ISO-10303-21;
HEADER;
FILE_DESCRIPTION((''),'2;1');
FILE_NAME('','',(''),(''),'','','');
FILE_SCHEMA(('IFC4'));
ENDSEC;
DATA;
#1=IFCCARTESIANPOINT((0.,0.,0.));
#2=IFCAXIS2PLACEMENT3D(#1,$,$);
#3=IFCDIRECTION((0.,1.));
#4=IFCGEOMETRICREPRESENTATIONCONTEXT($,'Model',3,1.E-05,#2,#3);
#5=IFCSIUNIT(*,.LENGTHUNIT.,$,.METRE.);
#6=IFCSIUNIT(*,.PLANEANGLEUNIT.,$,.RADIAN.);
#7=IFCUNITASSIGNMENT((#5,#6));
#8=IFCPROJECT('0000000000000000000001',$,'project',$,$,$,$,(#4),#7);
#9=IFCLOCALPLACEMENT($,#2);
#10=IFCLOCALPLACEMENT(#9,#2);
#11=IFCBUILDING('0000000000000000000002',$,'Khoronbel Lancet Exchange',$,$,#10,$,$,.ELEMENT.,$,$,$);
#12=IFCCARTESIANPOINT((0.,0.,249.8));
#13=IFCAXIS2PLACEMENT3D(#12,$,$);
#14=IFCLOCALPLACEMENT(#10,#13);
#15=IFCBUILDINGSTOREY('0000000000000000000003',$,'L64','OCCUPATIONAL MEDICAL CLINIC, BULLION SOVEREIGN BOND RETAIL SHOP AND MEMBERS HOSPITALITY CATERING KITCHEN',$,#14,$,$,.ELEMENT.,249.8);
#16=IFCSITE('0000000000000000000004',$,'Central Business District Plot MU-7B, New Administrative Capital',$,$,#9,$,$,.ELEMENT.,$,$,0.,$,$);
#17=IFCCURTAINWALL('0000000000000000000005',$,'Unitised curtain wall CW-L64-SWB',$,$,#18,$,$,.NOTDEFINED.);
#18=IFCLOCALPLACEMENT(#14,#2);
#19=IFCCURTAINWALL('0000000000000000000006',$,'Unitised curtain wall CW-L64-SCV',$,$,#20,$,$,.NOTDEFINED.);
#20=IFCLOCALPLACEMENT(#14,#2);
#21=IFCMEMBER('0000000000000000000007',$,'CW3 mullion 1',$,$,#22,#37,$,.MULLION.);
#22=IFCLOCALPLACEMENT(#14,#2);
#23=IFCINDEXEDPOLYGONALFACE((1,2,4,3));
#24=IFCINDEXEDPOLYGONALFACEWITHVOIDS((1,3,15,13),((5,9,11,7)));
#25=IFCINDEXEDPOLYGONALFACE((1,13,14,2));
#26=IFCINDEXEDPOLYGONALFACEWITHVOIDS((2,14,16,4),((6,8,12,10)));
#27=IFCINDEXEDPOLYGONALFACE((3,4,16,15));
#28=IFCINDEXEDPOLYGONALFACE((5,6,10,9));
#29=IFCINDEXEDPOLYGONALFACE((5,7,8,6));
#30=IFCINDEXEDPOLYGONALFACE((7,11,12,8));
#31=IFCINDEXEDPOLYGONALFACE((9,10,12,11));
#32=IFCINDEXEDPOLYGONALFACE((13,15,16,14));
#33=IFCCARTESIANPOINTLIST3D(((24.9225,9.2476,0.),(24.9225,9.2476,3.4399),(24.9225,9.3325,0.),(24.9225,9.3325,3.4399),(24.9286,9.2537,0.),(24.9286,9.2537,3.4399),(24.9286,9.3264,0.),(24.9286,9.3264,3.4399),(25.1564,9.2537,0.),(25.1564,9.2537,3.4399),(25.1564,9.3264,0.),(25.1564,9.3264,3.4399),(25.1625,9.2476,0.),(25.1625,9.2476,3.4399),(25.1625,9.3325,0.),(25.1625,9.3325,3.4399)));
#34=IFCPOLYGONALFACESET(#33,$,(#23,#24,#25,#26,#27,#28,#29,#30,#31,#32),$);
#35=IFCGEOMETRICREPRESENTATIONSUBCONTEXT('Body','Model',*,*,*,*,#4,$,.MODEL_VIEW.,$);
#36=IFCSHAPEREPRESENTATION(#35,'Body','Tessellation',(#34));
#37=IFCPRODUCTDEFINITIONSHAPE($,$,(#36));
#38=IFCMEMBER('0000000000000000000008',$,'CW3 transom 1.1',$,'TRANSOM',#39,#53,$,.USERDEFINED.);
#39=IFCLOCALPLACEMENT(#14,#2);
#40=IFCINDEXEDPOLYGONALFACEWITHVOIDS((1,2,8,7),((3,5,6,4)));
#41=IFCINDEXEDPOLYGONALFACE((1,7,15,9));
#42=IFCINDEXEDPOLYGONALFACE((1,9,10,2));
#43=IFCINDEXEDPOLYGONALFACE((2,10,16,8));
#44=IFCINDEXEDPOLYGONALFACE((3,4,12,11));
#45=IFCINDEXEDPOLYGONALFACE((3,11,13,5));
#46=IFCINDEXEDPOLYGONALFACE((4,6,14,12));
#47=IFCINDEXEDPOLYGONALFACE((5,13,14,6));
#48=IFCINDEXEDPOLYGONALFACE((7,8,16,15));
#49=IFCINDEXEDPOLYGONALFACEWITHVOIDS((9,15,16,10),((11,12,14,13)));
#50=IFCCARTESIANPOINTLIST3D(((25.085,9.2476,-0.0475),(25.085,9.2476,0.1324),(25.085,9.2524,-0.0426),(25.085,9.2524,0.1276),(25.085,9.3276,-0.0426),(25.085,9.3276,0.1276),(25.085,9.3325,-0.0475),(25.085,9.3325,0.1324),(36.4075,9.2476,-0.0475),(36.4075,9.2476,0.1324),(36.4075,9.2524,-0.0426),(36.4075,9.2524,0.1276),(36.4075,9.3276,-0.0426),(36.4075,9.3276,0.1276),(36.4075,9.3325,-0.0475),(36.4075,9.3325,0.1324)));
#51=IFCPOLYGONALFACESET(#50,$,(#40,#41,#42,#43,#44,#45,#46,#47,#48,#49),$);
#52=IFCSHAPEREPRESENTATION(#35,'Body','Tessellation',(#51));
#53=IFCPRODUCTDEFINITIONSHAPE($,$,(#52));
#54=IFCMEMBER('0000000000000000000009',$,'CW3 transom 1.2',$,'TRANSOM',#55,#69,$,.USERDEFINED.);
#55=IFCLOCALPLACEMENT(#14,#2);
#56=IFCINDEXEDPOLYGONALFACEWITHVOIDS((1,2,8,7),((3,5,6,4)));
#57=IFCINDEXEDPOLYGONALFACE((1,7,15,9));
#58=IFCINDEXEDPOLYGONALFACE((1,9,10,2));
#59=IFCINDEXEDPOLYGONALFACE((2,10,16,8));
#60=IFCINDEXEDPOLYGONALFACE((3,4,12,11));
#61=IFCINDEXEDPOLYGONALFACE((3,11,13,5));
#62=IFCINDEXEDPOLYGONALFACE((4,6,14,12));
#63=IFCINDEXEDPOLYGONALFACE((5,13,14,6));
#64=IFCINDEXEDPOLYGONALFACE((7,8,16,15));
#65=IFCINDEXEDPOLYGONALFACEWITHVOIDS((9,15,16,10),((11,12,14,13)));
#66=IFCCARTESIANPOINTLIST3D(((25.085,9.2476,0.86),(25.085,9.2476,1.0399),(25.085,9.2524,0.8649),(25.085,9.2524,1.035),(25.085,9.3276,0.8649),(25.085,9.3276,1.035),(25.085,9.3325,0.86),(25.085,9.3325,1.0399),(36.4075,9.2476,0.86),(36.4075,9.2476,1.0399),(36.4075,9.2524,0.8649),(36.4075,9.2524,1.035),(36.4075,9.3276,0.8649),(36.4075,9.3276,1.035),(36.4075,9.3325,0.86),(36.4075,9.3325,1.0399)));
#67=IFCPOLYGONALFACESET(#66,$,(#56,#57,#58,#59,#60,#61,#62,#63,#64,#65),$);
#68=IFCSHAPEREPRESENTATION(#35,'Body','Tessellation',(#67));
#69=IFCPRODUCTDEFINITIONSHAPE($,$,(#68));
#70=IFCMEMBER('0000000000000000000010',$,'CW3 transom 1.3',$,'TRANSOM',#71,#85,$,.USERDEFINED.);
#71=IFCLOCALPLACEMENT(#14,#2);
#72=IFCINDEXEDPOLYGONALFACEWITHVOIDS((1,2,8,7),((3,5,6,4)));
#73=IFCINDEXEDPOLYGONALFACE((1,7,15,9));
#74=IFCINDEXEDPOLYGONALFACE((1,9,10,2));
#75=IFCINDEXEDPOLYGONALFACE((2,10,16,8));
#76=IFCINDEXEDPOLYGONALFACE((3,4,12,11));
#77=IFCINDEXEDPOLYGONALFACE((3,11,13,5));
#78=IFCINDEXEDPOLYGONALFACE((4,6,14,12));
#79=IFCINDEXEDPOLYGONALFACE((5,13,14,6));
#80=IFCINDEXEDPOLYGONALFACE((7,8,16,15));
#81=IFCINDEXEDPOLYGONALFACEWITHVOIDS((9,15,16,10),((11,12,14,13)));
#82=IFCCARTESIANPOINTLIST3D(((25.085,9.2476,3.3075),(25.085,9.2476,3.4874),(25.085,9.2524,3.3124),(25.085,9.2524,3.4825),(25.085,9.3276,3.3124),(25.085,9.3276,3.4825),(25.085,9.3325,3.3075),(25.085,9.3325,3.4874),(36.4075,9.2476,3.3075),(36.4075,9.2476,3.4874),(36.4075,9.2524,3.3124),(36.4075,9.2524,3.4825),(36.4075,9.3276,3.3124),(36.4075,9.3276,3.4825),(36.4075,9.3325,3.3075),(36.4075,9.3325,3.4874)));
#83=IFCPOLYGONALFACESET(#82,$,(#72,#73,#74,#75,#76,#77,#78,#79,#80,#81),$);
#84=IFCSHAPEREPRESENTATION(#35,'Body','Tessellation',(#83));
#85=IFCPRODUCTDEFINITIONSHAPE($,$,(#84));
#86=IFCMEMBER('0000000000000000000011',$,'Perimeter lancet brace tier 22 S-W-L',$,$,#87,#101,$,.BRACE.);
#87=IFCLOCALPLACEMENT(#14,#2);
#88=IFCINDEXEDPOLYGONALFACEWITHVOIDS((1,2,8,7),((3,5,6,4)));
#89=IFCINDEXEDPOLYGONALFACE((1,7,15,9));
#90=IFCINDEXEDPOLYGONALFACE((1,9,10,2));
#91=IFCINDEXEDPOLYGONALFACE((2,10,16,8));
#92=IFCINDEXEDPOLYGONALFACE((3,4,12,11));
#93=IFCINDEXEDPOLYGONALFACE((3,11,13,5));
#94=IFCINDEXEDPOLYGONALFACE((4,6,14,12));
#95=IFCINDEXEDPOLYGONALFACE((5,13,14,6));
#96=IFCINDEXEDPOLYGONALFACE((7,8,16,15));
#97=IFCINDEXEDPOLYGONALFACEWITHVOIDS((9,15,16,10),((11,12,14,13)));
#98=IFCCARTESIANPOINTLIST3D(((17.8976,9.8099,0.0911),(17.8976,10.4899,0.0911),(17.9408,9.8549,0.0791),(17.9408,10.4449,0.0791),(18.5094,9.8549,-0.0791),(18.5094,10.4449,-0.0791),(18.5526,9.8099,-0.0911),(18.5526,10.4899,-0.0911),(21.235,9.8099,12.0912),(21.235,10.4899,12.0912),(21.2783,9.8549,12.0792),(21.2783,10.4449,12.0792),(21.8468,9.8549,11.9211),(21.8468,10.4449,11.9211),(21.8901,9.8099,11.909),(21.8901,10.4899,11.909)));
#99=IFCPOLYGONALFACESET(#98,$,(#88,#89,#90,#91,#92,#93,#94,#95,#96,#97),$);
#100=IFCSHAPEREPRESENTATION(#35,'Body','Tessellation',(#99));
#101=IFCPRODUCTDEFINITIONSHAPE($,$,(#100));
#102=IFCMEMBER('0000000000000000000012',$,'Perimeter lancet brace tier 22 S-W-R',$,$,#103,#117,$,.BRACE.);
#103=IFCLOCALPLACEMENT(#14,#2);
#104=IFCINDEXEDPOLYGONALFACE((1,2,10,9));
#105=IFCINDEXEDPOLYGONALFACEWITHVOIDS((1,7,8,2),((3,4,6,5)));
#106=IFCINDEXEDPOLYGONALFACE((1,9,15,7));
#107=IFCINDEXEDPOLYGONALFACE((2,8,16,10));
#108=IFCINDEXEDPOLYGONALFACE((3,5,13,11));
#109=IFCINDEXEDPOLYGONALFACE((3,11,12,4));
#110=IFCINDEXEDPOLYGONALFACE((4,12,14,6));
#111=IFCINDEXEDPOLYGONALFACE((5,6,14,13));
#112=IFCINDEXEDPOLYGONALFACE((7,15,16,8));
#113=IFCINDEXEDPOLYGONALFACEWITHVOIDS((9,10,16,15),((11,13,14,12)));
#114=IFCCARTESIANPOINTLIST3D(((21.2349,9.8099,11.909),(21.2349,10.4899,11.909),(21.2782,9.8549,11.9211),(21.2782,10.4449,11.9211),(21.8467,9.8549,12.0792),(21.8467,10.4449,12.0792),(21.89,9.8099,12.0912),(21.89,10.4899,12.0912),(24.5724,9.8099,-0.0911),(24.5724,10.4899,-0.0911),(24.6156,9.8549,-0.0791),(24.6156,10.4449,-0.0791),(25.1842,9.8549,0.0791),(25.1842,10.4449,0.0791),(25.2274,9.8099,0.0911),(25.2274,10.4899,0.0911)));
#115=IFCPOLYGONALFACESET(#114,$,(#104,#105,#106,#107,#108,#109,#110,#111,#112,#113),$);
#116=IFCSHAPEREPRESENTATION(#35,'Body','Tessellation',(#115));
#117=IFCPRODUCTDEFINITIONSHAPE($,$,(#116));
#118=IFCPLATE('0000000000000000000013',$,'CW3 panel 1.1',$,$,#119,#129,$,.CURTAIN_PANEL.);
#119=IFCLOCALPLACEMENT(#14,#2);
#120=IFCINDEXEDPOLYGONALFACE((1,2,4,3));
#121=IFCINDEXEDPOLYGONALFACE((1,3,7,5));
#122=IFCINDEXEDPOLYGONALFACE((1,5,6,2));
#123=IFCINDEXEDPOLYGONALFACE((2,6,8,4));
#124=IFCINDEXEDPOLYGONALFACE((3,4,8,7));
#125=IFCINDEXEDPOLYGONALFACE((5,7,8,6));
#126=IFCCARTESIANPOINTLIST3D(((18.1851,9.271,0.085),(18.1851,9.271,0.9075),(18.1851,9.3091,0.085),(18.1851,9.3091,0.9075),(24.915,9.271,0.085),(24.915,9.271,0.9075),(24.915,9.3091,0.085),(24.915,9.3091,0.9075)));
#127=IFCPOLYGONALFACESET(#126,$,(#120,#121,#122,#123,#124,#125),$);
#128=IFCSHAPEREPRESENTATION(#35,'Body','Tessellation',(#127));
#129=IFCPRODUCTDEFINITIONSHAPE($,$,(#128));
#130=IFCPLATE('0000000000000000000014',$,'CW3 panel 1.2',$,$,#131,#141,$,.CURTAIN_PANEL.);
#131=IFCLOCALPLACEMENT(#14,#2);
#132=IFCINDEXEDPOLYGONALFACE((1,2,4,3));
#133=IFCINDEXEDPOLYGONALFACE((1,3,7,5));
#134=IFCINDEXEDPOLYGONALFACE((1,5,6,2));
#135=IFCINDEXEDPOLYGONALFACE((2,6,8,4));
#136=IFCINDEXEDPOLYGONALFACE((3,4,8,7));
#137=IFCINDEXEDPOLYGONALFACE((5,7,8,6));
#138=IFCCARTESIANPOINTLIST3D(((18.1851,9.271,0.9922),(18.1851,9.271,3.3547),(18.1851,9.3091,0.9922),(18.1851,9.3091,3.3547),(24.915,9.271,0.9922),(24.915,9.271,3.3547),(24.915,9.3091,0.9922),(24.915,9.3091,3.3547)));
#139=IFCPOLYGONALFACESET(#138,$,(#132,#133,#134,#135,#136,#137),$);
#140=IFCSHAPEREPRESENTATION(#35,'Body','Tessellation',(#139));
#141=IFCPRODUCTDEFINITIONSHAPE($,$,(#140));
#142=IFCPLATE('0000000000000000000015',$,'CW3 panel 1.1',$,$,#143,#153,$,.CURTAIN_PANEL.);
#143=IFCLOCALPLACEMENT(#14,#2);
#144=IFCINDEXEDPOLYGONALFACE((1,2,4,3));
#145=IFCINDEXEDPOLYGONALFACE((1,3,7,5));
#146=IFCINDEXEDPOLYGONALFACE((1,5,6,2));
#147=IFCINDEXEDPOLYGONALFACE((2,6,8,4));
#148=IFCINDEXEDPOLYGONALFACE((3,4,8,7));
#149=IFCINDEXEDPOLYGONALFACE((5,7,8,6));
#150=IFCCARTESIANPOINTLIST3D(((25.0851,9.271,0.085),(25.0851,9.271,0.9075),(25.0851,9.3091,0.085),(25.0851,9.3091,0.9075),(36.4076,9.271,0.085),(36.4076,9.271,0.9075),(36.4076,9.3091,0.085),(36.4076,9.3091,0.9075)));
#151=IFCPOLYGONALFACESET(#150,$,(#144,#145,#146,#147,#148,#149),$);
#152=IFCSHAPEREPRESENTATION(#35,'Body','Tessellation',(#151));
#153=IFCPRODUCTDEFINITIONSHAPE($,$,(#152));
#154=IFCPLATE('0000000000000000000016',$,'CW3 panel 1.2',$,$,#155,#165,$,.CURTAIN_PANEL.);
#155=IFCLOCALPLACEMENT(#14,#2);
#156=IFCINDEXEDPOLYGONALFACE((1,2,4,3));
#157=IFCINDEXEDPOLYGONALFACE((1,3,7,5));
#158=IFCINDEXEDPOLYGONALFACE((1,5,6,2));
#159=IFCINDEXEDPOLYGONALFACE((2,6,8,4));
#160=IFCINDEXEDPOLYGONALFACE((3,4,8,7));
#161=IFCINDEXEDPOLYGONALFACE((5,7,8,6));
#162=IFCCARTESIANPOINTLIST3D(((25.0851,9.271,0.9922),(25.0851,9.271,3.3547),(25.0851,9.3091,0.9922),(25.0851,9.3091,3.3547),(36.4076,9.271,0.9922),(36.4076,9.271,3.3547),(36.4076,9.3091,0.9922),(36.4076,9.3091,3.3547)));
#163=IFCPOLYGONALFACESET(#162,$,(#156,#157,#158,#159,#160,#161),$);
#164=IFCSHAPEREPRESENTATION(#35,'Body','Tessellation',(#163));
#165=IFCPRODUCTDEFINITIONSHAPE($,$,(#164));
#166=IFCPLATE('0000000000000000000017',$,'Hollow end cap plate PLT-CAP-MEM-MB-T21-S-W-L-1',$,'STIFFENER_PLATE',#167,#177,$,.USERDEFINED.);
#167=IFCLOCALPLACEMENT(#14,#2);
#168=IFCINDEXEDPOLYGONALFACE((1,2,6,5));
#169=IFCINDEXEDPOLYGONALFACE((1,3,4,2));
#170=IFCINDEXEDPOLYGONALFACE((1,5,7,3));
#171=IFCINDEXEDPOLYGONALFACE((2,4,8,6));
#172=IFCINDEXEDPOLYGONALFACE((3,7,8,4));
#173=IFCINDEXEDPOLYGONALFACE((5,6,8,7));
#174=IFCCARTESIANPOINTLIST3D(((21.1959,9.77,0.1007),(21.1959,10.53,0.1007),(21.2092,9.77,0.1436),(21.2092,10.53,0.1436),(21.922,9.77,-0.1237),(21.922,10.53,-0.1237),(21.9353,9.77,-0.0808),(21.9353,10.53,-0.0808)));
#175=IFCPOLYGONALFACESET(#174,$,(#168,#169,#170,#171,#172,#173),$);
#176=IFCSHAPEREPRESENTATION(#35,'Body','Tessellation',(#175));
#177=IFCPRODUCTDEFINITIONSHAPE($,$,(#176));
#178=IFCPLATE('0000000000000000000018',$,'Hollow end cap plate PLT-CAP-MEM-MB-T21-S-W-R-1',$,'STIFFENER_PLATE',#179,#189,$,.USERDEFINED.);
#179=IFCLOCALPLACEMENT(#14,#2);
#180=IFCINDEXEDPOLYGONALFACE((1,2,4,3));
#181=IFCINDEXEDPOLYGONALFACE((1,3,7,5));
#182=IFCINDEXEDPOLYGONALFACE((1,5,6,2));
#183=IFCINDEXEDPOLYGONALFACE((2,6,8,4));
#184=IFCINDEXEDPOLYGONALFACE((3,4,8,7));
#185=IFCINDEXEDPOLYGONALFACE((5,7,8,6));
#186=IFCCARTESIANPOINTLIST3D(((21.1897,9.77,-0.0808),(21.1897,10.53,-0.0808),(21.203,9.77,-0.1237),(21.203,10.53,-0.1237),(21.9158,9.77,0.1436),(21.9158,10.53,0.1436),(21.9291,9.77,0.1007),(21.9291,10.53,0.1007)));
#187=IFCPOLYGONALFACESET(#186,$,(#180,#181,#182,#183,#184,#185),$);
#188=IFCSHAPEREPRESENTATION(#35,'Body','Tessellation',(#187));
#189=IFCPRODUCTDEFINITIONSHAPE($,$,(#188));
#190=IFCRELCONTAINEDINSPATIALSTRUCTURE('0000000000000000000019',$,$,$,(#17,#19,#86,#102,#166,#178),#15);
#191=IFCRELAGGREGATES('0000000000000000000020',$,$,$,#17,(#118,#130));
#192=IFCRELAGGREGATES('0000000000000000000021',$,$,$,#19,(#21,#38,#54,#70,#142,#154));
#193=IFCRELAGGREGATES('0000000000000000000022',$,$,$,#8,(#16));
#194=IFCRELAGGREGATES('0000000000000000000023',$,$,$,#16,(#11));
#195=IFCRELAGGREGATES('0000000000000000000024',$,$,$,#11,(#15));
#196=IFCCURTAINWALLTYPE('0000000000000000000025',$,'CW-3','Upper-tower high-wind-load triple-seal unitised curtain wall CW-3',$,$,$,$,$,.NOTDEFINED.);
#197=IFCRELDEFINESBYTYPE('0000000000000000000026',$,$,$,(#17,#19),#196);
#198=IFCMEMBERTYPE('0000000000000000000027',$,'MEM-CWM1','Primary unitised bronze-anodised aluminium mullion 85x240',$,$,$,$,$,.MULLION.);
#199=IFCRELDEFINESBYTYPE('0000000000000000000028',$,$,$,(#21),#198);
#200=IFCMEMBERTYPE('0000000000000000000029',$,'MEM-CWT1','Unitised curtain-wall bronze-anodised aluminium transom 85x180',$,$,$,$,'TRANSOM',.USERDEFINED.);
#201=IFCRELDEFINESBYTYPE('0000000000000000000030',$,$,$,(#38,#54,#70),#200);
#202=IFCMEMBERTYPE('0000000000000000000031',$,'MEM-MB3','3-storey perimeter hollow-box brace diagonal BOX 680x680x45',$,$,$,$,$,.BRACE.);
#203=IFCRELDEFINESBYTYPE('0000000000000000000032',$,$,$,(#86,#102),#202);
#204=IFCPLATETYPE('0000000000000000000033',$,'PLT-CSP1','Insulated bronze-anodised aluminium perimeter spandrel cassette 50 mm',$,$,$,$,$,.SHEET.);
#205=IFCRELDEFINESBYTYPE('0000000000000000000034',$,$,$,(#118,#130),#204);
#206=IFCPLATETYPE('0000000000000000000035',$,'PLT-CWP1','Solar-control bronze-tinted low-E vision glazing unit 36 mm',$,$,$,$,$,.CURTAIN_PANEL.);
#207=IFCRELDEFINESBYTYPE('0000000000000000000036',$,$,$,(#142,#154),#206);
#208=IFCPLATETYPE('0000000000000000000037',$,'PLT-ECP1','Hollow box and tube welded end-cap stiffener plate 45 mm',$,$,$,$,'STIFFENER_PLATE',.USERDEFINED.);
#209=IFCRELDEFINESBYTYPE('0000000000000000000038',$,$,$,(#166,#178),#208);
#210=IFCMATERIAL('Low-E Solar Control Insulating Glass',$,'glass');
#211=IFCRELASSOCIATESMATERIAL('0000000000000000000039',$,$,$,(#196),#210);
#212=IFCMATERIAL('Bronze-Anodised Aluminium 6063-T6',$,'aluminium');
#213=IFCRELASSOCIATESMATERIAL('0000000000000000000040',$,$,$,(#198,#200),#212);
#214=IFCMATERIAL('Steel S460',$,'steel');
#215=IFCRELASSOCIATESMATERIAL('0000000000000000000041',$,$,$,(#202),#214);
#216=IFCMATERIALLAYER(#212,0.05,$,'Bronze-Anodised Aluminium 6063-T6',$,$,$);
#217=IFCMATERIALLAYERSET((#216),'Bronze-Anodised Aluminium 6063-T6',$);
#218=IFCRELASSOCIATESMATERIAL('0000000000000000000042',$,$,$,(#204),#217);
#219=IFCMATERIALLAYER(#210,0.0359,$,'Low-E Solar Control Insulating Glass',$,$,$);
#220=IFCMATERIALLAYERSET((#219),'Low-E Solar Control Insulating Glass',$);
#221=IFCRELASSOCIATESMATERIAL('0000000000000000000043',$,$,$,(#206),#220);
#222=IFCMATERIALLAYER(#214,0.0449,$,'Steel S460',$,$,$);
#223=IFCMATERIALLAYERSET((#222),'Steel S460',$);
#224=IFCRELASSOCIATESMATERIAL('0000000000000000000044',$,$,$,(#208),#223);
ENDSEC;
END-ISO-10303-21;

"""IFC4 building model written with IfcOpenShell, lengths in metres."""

from ifc_helpers import new_model, si_unit, direction, frame, origin, origin_2d, place, context, subcontext, project, spatial, polyline, rectangle, hollow_rectangle, outline, extrude, material, layer, layer_set, material_profile, profile_set, type_object, element, aggregate, save


model = new_model("IFC4")

# Units and contexts
model_context = context("Model", 3, precision=1e-05, world=origin(), true_north=direction((0.0, 1.0)))
body_context = subcontext(model_context, "Body", "Model", "MODEL_VIEW")
ifc_project = project(units=[si_unit("LENGTHUNIT", "METRE"), si_unit("PLANEANGLEUNIT", "RADIAN")], contexts=[model_context])

# Site, building, storey
site_placement = place(None, origin())
site = spatial("IfcSite", under=ifc_project, at=site_placement, Name="Central Business District Plot MU-7B, New Administrative Capital", CompositionType="ELEMENT", RefElevation=0.0)
building_placement = place(site_placement, origin())
building = spatial("IfcBuilding", under=site, at=building_placement, Name="Khoronbel Lancet Exchange", CompositionType="ELEMENT")
storey_placement = place(building_placement, frame((0.0, 0.0, 249.8)))
storey = spatial("IfcBuildingStorey", under=building, at=storey_placement, Name="L64", Description="OCCUPATIONAL MEDICAL CLINIC, BULLION SOVEREIGN BOND RETAIL SHOP AND MEMBERS HOSPITALITY CATERING KITCHEN", CompositionType="ELEMENT", Elevation=249.8)

# Shared definitions
ifc_material_1 = material(Name="Steel S460", Category="steel")

# Curtain wall
ifc_material_2 = material(Name="Low-E Solar Control Insulating Glass", Category="glass")
curtain_wall_type = type_object("IfcCurtainWallType", Name="CW-3", Description="Upper-tower high-wind-load triple-seal unitised curtain wall CW-3", PredefinedType="NOTDEFINED", material=ifc_material_2)
curtain_wall_1_placement = place(storey_placement, origin())
curtain_wall_1 = element("IfcCurtainWall", 1, at=curtain_wall_1_placement, inside=storey, type_object=curtain_wall_type, Name="Unitised curtain wall CW-L64-SWB", PredefinedType="NOTDEFINED")
ifc_material_3 = material(Name="Bronze-Anodised Aluminium 6063-T6", Category="aluminium")
ifc_material_profile_1 = material_profile(ifc_material_3, hollow_rectangle(XDim=0.085, YDim=0.24, WallThickness=0.0061, at=origin_2d()), Name="ALU MULLION 85x240")
ifc_profile_set_1 = profile_set([ifc_material_profile_1], Name="Bronze-Anodised Aluminium 6063-T6")
member_type_1 = type_object("IfcMemberType", Name="MEM-CWM1", Description="Primary unitised bronze-anodised aluminium mullion 85x240", PredefinedType="MULLION", material=ifc_profile_set_1)

# Curtain wall, members
curtain_wall_2_placement = place(storey_placement, origin())
curtain_wall_2 = element("IfcCurtainWall", 2, at=curtain_wall_2_placement, inside=storey, type_object=curtain_wall_type, Name="Unitised curtain wall CW-L64-SCV", PredefinedType="NOTDEFINED")
member_1_placement = place(storey_placement, frame((25.0425, 9.29, 0.0), z_axis=(0.0, 0.0, 1.0), x_axis=(0.0, 1.0, 0.0)))
member_1 = element("IfcMember", 3, at=member_1_placement, type_object=member_type_1, Name="CW3 mullion 1", PredefinedType="MULLION", context=body_context, shape_type="SweptSolid", body=[
    extrude(hollow_rectangle(XDim=0.085, YDim=0.24, WallThickness=0.0061, at=origin_2d()), origin(), (0.0, 0.0, 1.0), 3.4399),
])
ifc_material_profile_2 = material_profile(ifc_material_3, hollow_rectangle(XDim=0.085, YDim=0.1799, WallThickness=0.0049, at=origin_2d()), Name="ALU TRANSOM 85x180")
ifc_profile_set_2 = profile_set([ifc_material_profile_2], Name="Bronze-Anodised Aluminium 6063-T6")
member_type_2 = type_object("IfcMemberType", Name="MEM-CWT1", Description="Unitised curtain-wall bronze-anodised aluminium transom 85x180", ElementType="TRANSOM", PredefinedType="USERDEFINED", material=ifc_profile_set_2)
member_2_placement = place(storey_placement, frame((25.085, 9.29, 0.0425), z_axis=(1.0, 0.0, 0.0), x_axis=(0.0, 1.0, 0.0)))
member_2 = element("IfcMember", 4, at=member_2_placement, type_object=member_type_2, Name="CW3 transom 1.1", ObjectType="TRANSOM", PredefinedType="USERDEFINED", context=body_context, shape_type="SweptSolid", body=[
    extrude(hollow_rectangle(XDim=0.085, YDim=0.1799, WallThickness=0.0049, at=origin_2d()), origin(), (0.0, 0.0, 1.0), 11.3225),
])
member_3_placement = place(storey_placement, frame((25.085, 9.29, 0.95), z_axis=(1.0, 0.0, 0.0), x_axis=(0.0, 1.0, 0.0)))
member_3 = element("IfcMember", 5, at=member_3_placement, type_object=member_type_2, Name="CW3 transom 1.2", ObjectType="TRANSOM", PredefinedType="USERDEFINED", context=body_context, shape_type="SweptSolid", body=[
    extrude(hollow_rectangle(XDim=0.085, YDim=0.1799, WallThickness=0.0049, at=origin_2d()), origin(), (0.0, 0.0, 1.0), 11.3225),
])
member_4_placement = place(storey_placement, frame((25.085, 9.29, 3.3975), z_axis=(1.0, 0.0, 0.0), x_axis=(0.0, 1.0, 0.0)))
member_4 = element("IfcMember", 6, at=member_4_placement, type_object=member_type_2, Name="CW3 transom 1.3", ObjectType="TRANSOM", PredefinedType="USERDEFINED", context=body_context, shape_type="SweptSolid", body=[
    extrude(hollow_rectangle(XDim=0.085, YDim=0.1799, WallThickness=0.0049, at=origin_2d()), origin(), (0.0, 0.0, 1.0), 11.3225),
])

# Members
ifc_material_profile_3 = material_profile(ifc_material_1, hollow_rectangle(XDim=0.6799, YDim=0.6799, WallThickness=0.0449, at=origin_2d()), Name="BOX 680x680x45")
ifc_profile_set_3 = profile_set([ifc_material_profile_3], Name="Steel S460")
member_type_3 = type_object("IfcMemberType", Name="MEM-MB3", Description="3-storey perimeter hollow-box brace diagonal BOX 680x680x45", PredefinedType="BRACE", material=ifc_profile_set_3)
for number, where, z_axis, x_axis, name in (
    (7, (18.2251, 10.1499, 0.0), (0.267947, 0.0, 0.963434), (0.0, 1.0, 0.0), "Perimeter lancet brace tier 22 S-W-L"),
    (8, (24.8999, 10.1499, 0.0), (-0.267947, 0.0, 0.963434), (0.0, -1.0, 0.0), "Perimeter lancet brace tier 22 S-W-R"),
):
    element("IfcMember", number, at=place(storey_placement, frame(where, z_axis=z_axis, x_axis=x_axis)), inside=storey, type_object=member_type_3, Name=name, PredefinedType="BRACE", context=body_context, shape_type="SweptSolid", body=[
        extrude(hollow_rectangle(XDim=0.6799, YDim=0.6799, WallThickness=0.0449, at=origin_2d()), origin(), (0.0, 0.0, 1.0), 12.4556),
    ])

# Plates
ifc_layer_1 = layer(ifc_material_3, 0.05, Name="Bronze-Anodised Aluminium 6063-T6")
ifc_layer_set_1 = layer_set([ifc_layer_1], Name="Bronze-Anodised Aluminium 6063-T6")
plate_type_1 = type_object("IfcPlateType", Name="PLT-CSP1", Description="Insulated bronze-anodised aluminium perimeter spandrel cassette 50 mm", PredefinedType="SHEET", material=ifc_layer_set_1)
plate_1_placement = place(storey_placement, frame((21.55, 9.29, 0.085), z_axis=(0.0, 0.0, 1.0), x_axis=(1.0, 0.0, 0.0)))
plate_1 = element("IfcPlate", 9, at=plate_1_placement, type_object=plate_type_1, Name="CW3 panel 1.1", PredefinedType="CURTAIN_PANEL", context=body_context, shape_type="SweptSolid", body=[
    extrude(rectangle(XDim=6.73, YDim=0.0381, at=origin_2d()), origin(), (0.0, 0.0, 1.0), 0.8225),
])
plate_2_placement = place(storey_placement, frame((21.55, 9.29, 0.9922), z_axis=(0.0, 0.0, 1.0), x_axis=(1.0, 0.0, 0.0)))
plate_2 = element("IfcPlate", 10, at=plate_2_placement, type_object=plate_type_1, Name="CW3 panel 1.2", PredefinedType="CURTAIN_PANEL", context=body_context, shape_type="SweptSolid", body=[
    extrude(rectangle(XDim=6.73, YDim=0.0381, at=origin_2d()), origin(), (0.0, 0.0, 1.0), 2.3625),
])
aggregate(curtain_wall_1, [plate_1, plate_2])
ifc_layer_2 = layer(ifc_material_2, 0.0359, Name="Low-E Solar Control Insulating Glass")
ifc_layer_set_2 = layer_set([ifc_layer_2], Name="Low-E Solar Control Insulating Glass")
plate_type_2 = type_object("IfcPlateType", Name="PLT-CWP1", Description="Solar-control bronze-tinted low-E vision glazing unit 36 mm", PredefinedType="CURTAIN_PANEL", material=ifc_layer_set_2)
plate_3_placement = place(storey_placement, frame((30.7463, 9.29, 0.085), z_axis=(0.0, 0.0, 1.0), x_axis=(1.0, 0.0, 0.0)))
plate_3 = element("IfcPlate", 11, at=plate_3_placement, type_object=plate_type_2, Name="CW3 panel 1.1", PredefinedType="CURTAIN_PANEL", context=body_context, shape_type="SweptSolid", body=[
    extrude(rectangle(XDim=11.3225, YDim=0.0381, at=origin_2d()), origin(), (0.0, 0.0, 1.0), 0.8225),
])
plate_4_placement = place(storey_placement, frame((30.7463, 9.29, 0.9922), z_axis=(0.0, 0.0, 1.0), x_axis=(1.0, 0.0, 0.0)))
plate_4 = element("IfcPlate", 12, at=plate_4_placement, type_object=plate_type_2, Name="CW3 panel 1.2", PredefinedType="CURTAIN_PANEL", context=body_context, shape_type="SweptSolid", body=[
    extrude(rectangle(XDim=11.3225, YDim=0.0381, at=origin_2d()), origin(), (0.0, 0.0, 1.0), 2.3625),
])
aggregate(curtain_wall_2, [member_1, member_2, member_3, member_4, plate_3, plate_4])

# Plates
ifc_layer_3 = layer(ifc_material_1, 0.0449, Name="Steel S460")
ifc_layer_set_3 = layer_set([ifc_layer_3], Name="Steel S460")
plate_type_3 = type_object("IfcPlateType", Name="PLT-ECP1", Description="Hollow box and tube welded end-cap stiffener plate 45 mm", ElementType="STIFFENER_PLATE", PredefinedType="USERDEFINED", material=ifc_layer_set_3)
for number, where, z_axis, x_axis, name in (
    (13, (21.9353, 9.77, -0.0808), (0.295237, 0.0, 0.955424), (0.0, 1.0, 0.0), "Hollow end cap plate PLT-CAP-MEM-MB-T21-S-W-L-1"),
    (14, (21.1897, 10.53, -0.0808), (-0.295237, 0.0, 0.955424), (0.0, -1.0, 0.0), "Hollow end cap plate PLT-CAP-MEM-MB-T21-S-W-R-1"),
):
    element("IfcPlate", number, at=place(storey_placement, frame(where, z_axis=z_axis, x_axis=x_axis)), inside=storey, type_object=plate_type_3, Name=name, ObjectType="STIFFENER_PLATE", PredefinedType="USERDEFINED", context=body_context, shape_type="SweptSolid", body=[
        extrude(outline(polyline([(0.0, 0.0), (0.76, 0.0), (0.76, 0.76), (0.0, 0.76), (0.0, 0.0)])), origin(), (0.0, 0.0, -1.0), 0.0449),
    ])

save(model, "model.ifc")
